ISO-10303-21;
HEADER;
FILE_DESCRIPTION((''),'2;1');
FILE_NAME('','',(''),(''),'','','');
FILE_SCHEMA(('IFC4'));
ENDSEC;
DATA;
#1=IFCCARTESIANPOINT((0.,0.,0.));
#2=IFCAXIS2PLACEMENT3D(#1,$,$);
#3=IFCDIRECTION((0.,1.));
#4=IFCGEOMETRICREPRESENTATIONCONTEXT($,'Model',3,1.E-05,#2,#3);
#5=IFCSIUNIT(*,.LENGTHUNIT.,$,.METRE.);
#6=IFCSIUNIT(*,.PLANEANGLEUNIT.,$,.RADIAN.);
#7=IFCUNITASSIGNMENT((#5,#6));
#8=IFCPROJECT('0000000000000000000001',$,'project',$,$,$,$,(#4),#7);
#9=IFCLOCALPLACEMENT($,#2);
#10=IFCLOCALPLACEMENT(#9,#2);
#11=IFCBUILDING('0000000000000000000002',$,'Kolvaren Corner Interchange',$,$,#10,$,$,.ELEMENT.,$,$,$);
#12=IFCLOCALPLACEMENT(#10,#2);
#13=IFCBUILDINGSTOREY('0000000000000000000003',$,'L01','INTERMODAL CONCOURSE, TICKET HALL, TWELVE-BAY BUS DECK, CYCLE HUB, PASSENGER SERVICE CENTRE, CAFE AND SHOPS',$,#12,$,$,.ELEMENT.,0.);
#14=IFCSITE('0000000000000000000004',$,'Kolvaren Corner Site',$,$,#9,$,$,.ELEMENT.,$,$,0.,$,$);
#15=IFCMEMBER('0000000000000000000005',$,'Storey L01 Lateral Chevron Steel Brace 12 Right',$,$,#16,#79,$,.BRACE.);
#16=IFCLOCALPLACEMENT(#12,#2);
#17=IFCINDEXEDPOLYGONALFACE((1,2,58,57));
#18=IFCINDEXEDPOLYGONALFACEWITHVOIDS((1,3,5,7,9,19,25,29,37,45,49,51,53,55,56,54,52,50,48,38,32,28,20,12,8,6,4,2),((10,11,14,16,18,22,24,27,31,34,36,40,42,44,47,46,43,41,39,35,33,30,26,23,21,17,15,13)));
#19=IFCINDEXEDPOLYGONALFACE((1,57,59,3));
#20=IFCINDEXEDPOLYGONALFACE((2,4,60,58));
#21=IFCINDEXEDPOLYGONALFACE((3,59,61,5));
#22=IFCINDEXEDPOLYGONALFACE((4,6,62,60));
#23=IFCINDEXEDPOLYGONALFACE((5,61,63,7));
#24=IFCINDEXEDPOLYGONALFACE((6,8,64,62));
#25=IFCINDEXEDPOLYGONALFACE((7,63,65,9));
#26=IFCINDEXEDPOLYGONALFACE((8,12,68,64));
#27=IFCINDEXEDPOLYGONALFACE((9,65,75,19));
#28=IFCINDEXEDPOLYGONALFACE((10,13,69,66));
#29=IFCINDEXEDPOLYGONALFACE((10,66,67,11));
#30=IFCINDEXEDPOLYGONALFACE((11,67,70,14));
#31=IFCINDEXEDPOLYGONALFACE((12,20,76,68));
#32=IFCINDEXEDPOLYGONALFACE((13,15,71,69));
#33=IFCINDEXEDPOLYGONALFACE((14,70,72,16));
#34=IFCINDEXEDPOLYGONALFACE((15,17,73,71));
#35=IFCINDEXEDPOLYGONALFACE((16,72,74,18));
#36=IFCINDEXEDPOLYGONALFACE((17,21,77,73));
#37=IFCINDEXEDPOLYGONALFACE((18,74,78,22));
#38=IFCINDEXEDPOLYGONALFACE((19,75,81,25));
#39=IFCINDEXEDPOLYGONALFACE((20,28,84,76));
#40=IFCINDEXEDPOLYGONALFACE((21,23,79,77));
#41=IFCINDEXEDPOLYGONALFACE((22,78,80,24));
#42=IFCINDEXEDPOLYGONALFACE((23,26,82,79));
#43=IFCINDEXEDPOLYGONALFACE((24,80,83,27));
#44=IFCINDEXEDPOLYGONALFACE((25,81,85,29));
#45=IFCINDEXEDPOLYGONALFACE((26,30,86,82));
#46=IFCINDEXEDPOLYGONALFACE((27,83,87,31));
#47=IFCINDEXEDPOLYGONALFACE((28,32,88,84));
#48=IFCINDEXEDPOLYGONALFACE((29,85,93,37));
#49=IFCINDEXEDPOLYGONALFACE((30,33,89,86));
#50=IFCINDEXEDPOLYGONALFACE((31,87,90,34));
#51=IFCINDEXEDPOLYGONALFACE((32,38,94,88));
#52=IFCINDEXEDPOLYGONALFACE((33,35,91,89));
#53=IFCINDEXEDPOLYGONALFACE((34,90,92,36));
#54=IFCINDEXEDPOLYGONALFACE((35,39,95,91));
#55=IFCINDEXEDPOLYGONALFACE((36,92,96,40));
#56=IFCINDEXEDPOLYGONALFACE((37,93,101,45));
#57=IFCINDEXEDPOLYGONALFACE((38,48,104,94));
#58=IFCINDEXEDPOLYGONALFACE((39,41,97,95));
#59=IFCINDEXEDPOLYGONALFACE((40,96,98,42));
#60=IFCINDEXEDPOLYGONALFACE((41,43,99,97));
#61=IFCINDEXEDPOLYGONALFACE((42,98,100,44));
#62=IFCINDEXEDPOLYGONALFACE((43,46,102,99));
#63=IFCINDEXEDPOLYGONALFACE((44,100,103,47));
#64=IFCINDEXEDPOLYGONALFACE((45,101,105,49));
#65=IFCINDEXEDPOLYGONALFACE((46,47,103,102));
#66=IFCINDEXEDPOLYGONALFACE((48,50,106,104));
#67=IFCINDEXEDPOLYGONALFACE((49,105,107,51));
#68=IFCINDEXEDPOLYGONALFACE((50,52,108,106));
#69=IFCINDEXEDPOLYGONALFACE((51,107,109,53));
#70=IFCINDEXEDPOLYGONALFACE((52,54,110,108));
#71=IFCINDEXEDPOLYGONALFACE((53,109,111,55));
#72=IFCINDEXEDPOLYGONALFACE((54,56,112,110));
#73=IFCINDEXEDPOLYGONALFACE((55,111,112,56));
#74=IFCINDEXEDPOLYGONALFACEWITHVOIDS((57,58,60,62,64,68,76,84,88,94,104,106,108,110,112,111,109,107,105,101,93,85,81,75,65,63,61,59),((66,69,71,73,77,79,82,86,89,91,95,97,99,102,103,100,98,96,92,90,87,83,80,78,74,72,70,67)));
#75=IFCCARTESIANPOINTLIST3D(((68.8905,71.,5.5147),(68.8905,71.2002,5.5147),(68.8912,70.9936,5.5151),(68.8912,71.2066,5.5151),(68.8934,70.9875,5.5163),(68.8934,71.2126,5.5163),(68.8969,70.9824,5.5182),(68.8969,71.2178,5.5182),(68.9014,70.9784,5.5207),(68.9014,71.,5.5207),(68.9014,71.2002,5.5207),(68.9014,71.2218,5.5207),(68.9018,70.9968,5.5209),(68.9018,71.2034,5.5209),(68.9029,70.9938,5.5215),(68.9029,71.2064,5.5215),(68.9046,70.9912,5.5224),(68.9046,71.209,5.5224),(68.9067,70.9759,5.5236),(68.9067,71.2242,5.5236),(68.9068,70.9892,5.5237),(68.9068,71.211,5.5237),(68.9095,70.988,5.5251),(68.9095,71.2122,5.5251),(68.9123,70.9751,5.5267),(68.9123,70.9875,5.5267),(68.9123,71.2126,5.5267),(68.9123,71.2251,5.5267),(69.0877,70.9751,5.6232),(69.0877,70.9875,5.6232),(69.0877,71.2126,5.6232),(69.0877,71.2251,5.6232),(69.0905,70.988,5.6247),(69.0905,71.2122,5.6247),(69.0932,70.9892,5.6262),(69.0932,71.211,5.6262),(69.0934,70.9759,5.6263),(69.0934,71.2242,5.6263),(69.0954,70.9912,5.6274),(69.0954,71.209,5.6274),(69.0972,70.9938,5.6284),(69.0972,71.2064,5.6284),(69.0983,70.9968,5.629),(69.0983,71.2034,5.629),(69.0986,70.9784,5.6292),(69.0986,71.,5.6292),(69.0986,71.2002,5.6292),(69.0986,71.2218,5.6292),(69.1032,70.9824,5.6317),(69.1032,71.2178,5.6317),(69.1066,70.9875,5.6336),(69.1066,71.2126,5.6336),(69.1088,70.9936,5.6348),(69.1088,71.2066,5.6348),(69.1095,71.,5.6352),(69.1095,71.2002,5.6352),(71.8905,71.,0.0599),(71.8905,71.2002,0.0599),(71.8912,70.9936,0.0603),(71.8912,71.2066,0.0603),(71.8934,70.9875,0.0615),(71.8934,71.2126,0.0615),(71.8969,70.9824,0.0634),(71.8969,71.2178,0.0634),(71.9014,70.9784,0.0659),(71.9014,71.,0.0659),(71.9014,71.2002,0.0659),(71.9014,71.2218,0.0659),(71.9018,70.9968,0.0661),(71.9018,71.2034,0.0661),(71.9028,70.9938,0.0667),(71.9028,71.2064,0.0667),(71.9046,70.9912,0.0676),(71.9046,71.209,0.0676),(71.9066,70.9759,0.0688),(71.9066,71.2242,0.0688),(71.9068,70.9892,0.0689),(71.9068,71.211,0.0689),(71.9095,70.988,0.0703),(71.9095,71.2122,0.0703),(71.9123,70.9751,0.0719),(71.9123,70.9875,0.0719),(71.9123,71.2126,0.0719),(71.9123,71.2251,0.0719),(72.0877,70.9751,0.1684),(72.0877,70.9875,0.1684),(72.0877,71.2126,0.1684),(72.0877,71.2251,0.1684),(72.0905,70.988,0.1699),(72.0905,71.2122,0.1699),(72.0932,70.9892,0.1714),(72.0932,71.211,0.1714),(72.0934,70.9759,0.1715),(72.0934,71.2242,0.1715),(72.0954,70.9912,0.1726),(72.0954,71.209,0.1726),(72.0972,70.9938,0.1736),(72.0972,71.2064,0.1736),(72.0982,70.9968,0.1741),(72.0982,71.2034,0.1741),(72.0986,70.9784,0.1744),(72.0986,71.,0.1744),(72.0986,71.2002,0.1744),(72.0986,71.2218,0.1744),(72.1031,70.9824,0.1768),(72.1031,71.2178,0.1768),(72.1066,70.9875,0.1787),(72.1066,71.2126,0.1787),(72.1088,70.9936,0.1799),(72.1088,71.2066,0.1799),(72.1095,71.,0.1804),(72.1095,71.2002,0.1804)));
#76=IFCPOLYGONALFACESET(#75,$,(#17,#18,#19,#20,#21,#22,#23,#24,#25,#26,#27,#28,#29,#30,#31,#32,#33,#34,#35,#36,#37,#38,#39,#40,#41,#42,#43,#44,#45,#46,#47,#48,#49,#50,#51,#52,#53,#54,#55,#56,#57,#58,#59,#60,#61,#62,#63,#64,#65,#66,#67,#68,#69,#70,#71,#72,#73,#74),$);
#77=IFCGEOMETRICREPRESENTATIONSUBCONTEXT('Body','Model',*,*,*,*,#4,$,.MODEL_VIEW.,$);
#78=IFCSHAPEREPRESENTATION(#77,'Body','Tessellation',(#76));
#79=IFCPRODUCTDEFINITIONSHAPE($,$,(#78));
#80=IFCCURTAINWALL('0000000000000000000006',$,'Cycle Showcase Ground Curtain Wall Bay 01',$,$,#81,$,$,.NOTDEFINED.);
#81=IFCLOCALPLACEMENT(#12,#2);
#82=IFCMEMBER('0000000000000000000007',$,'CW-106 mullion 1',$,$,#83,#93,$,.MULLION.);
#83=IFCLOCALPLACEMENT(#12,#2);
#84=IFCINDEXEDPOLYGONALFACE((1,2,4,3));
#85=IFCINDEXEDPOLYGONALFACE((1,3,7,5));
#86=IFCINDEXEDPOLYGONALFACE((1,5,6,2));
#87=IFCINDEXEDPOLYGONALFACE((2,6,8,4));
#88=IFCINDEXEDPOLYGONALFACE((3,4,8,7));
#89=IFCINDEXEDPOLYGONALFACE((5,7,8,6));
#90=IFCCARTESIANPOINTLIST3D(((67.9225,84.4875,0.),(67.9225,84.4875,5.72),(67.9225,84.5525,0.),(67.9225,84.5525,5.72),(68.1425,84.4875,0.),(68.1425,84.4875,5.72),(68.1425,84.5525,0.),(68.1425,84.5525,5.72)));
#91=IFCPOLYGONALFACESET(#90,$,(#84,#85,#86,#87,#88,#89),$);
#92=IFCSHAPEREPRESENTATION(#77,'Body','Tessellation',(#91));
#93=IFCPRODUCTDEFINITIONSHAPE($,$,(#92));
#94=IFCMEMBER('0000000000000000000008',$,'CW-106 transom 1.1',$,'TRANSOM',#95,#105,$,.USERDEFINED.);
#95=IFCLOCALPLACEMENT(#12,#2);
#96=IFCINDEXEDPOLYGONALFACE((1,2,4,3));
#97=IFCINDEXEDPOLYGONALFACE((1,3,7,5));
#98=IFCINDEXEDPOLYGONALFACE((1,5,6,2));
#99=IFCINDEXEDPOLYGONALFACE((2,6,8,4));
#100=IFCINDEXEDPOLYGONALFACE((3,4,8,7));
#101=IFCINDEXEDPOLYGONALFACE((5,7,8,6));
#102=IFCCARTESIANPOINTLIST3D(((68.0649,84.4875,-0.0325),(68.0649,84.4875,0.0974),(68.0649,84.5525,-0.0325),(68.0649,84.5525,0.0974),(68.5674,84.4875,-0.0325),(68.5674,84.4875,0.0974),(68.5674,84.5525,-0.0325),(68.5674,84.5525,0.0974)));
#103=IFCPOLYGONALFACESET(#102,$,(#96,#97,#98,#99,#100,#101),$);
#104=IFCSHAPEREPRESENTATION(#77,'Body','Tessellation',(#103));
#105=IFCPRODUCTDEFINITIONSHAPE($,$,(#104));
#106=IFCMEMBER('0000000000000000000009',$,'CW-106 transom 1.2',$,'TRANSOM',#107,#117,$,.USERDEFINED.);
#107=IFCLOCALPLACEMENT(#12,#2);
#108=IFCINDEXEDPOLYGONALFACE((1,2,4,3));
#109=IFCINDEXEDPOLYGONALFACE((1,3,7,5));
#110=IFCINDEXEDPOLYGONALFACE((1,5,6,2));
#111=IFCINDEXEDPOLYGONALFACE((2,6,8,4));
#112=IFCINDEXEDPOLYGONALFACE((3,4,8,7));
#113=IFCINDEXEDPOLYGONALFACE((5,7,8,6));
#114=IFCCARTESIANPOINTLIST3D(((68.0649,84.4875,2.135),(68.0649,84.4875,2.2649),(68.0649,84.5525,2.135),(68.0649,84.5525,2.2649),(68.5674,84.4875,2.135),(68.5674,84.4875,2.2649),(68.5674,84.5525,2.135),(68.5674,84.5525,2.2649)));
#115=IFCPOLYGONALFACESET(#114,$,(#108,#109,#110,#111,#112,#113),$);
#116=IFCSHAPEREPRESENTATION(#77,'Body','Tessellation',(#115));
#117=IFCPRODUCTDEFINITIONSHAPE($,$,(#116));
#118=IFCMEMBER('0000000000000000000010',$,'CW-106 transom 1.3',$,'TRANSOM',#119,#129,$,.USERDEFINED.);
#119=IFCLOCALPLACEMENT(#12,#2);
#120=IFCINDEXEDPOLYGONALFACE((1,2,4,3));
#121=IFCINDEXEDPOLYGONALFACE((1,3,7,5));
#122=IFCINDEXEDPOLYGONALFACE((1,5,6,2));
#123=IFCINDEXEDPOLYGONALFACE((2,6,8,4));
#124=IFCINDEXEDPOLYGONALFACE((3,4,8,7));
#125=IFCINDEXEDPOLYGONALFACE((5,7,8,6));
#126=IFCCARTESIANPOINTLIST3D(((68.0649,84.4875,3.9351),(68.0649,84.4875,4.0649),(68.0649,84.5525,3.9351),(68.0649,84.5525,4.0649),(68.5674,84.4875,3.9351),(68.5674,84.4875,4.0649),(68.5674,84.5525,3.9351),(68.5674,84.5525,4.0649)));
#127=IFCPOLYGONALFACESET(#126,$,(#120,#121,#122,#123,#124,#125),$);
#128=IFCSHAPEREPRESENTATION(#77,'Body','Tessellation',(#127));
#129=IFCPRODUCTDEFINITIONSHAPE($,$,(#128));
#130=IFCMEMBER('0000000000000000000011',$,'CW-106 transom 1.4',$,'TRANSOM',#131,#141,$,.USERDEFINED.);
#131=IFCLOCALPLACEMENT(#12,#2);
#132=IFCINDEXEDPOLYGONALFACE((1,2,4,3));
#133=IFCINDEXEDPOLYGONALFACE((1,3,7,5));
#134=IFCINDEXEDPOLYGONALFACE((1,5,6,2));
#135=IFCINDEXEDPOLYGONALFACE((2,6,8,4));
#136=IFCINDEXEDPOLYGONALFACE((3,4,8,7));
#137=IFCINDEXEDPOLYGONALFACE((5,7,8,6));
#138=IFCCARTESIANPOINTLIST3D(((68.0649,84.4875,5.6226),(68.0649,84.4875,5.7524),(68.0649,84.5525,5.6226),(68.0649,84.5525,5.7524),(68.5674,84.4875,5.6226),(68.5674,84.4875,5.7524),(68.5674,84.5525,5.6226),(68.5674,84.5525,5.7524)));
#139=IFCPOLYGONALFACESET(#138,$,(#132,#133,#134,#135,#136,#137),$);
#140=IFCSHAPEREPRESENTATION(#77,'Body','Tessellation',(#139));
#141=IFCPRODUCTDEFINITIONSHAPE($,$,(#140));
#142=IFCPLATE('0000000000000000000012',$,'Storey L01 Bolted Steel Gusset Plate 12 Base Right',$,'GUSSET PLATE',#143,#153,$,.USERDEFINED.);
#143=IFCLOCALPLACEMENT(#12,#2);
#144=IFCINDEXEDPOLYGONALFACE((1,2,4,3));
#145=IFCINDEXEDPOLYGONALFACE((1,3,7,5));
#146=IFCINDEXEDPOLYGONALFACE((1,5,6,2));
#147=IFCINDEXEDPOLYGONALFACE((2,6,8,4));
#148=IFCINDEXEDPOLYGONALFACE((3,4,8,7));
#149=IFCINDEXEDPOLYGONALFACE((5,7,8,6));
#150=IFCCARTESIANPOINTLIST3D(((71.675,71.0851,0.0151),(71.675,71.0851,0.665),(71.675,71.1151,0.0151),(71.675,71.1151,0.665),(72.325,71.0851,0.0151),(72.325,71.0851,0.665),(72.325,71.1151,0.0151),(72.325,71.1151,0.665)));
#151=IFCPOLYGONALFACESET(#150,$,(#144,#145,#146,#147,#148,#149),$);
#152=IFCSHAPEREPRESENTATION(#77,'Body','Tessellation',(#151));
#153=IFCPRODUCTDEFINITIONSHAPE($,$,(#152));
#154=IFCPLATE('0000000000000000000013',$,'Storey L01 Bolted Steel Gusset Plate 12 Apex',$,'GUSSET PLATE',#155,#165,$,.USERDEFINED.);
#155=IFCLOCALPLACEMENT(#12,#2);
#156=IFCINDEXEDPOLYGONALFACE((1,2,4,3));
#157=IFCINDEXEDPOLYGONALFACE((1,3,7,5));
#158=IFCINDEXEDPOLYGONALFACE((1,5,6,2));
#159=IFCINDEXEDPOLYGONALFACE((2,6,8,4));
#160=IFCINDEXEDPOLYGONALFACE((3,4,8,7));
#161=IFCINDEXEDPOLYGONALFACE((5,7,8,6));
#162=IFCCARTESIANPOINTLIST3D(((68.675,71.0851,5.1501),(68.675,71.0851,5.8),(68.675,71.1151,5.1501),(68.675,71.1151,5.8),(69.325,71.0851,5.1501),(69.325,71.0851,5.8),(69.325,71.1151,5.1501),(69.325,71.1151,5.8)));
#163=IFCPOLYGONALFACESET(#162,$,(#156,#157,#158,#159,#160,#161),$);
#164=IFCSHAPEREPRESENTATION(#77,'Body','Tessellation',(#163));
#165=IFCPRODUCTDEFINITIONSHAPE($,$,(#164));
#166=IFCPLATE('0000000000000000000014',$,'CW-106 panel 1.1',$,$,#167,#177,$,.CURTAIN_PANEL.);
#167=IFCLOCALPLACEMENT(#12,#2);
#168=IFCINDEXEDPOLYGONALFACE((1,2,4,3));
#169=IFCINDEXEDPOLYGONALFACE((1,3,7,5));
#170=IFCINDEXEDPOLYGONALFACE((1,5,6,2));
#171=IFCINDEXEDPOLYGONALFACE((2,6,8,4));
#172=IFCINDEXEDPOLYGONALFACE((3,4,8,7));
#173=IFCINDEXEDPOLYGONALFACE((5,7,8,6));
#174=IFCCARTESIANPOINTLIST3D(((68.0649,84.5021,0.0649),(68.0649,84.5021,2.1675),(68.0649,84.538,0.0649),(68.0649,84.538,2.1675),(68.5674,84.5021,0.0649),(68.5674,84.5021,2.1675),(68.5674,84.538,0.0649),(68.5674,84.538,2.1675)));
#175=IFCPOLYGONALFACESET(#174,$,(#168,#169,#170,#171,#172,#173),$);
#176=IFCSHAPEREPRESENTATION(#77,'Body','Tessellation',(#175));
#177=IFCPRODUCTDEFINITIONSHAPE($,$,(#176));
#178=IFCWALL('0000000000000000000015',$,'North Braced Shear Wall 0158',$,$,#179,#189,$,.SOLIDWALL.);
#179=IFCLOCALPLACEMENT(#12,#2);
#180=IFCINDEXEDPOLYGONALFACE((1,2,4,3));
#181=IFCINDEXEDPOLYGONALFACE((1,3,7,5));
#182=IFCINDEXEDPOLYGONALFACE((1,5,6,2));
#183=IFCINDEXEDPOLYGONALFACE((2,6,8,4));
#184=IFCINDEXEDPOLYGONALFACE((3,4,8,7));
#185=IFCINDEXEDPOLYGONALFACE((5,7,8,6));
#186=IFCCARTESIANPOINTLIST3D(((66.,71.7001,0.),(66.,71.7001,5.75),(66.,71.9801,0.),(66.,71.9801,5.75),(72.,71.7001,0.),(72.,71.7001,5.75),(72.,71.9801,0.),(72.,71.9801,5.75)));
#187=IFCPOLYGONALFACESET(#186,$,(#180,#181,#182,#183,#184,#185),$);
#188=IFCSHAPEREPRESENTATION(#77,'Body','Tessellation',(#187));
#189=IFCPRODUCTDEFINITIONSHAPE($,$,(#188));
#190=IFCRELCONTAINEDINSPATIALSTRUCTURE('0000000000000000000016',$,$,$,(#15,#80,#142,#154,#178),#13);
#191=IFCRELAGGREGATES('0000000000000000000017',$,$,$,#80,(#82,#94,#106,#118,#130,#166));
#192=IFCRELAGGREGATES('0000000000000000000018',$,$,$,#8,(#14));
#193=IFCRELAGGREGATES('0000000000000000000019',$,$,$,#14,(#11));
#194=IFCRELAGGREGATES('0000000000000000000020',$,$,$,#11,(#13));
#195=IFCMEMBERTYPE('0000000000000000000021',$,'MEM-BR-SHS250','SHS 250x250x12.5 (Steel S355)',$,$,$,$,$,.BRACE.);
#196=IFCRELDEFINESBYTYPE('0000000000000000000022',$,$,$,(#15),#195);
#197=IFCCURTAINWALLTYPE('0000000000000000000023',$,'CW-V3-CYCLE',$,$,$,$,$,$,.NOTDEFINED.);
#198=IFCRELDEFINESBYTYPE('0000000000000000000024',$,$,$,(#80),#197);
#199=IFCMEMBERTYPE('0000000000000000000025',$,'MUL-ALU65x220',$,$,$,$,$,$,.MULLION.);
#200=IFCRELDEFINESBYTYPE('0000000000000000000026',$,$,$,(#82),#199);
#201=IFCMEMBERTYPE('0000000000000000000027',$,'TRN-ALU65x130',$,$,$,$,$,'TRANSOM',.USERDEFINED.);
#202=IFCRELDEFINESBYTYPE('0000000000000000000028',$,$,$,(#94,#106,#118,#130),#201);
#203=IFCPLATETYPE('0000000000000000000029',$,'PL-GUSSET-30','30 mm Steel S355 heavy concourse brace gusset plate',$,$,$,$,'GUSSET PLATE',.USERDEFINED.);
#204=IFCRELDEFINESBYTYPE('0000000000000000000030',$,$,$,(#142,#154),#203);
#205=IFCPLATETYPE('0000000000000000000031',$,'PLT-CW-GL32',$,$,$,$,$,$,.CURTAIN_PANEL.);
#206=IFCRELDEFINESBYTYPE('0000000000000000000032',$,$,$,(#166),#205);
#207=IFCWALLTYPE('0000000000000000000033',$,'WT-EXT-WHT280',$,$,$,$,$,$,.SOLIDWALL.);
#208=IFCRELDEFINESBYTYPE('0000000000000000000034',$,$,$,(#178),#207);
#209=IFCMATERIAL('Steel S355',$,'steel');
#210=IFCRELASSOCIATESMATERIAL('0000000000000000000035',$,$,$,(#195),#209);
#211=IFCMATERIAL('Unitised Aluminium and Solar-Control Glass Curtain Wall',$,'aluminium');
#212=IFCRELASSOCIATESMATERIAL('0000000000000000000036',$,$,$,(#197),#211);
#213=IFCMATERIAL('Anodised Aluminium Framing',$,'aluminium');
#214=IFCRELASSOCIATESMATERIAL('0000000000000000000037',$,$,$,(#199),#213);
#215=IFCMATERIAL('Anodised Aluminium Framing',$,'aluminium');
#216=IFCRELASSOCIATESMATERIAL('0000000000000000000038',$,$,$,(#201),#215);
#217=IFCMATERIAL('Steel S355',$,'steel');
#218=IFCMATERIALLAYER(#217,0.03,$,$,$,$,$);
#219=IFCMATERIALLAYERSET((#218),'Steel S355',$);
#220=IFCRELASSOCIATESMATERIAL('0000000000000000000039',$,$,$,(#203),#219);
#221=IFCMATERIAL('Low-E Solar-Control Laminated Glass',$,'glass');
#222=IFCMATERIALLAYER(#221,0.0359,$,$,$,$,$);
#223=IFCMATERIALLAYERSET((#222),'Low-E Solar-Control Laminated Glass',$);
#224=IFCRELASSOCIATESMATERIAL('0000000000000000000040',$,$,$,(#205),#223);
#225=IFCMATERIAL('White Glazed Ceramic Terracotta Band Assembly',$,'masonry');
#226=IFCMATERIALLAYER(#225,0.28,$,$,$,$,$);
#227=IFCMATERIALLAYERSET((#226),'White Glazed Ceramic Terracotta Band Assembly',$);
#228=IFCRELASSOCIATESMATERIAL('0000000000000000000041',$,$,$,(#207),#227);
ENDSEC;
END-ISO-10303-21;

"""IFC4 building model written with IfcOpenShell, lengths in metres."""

from ifc_helpers import new_model, si_unit, direction, frame, frame_2d, origin, origin_2d, place, context, subcontext, project, spatial, rectangle, hollow_rectangle, extrude, material, layer, layer_set, material_profile, profile_set, type_object, element, aggregate, save


model = new_model("IFC4")

# Units and contexts
model_context = context("Model", 3, precision=1e-05, world=origin(), true_north=direction((0.0, 1.0)))
body_context = subcontext(model_context, "Body", "Model", "MODEL_VIEW")
ifc_project = project(units=[si_unit("LENGTHUNIT", "METRE"), si_unit("PLANEANGLEUNIT", "RADIAN")], contexts=[model_context])

# Site, building, storey
site_placement = place(None, origin())
site = spatial("IfcSite", under=ifc_project, at=site_placement, Name="Kolvaren Corner Site", CompositionType="ELEMENT", RefElevation=0.0)
building_placement = place(site_placement, origin())
building = spatial("IfcBuilding", under=site, at=building_placement, Name="Kolvaren Corner Interchange", CompositionType="ELEMENT")
storey_placement = place(building_placement, origin())
storey = spatial("IfcBuildingStorey", under=building, at=storey_placement, Name="L01", Description="INTERMODAL CONCOURSE, TICKET HALL, TWELVE-BAY BUS DECK, CYCLE HUB, PASSENGER SERVICE CENTRE, CAFE AND SHOPS", CompositionType="ELEMENT", Elevation=0.0)

# Member
ifc_material_1 = material(Name="Steel S355", Category="steel")
ifc_material_profile_1 = material_profile(ifc_material_1, hollow_rectangle(XDim=0.25, YDim=0.25, WallThickness=0.0125, InnerFilletRadius=0.0125, OuterFilletRadius=0.0249, at=origin_2d()), Name="SHS 250x250x12.5")
ifc_profile_set_1 = profile_set([ifc_material_profile_1], Name="Steel S355")
member_type_1 = type_object("IfcMemberType", Name="MEM-BR-SHS250", Description="SHS 250x250x12.5 (Steel S355)", PredefinedType="BRACE", material=ifc_profile_set_1)
member_1_placement = place(storey_placement, frame((72.0, 71.1001, 0.1201), z_axis=(-0.481899, 0.0, 0.876227), x_axis=(0.0, -1.0, 0.0)))
element("IfcMember", 1, at=member_1_placement, inside=storey, type_object=member_type_1, Name="Storey L01 Lateral Chevron Steel Brace 12 Right", PredefinedType="BRACE", context=body_context, shape_type="SweptSolid", body=[
    extrude(hollow_rectangle(XDim=0.25, YDim=0.25, WallThickness=0.0125, InnerFilletRadius=0.0125, OuterFilletRadius=0.0249, at=origin_2d()), origin(), (0.0, 0.0, 1.0), 6.2253),
])

# Curtain wall, members
ifc_material_2 = material(Name="Unitised Aluminium and Solar-Control Glass Curtain Wall", Category="aluminium")
curtain_wall_type = type_object("IfcCurtainWallType", Name="CW-V3-CYCLE", PredefinedType="NOTDEFINED", material=ifc_material_2)
curtain_wall_placement = place(storey_placement, origin())
curtain_wall = element("IfcCurtainWall", 2, at=curtain_wall_placement, inside=storey, type_object=curtain_wall_type, Name="Cycle Showcase Ground Curtain Wall Bay 01", PredefinedType="NOTDEFINED")
ifc_material_3 = material(Name="Anodised Aluminium Framing", Category="aluminium")
ifc_material_profile_2 = material_profile(ifc_material_3, rectangle(XDim=0.0649, YDim=0.22, at=origin_2d()), Name="ALU 65x220")
ifc_profile_set_2 = profile_set([ifc_material_profile_2], Name="Anodised Aluminium Framing")
member_type_2 = type_object("IfcMemberType", Name="MUL-ALU65x220", PredefinedType="MULLION", material=ifc_profile_set_2)
member_2_placement = place(storey_placement, frame((68.0325, 84.52, 0.0), z_axis=(0.0, 0.0, 1.0), x_axis=(0.0, 1.0, 0.0)))
member_2 = element("IfcMember", 3, at=member_2_placement, type_object=member_type_2, Name="CW-106 mullion 1", PredefinedType="MULLION", context=body_context, shape_type="SweptSolid", body=[
    extrude(rectangle(XDim=0.0649, YDim=0.22, at=origin_2d()), origin(), (0.0, 0.0, 1.0), 5.72),
])
ifc_material_4 = material(Name="Anodised Aluminium Framing", Category="aluminium")
ifc_material_profile_3 = material_profile(ifc_material_4, rectangle(XDim=0.0649, YDim=0.1299, at=origin_2d()), Name="ALU 65x130")
ifc_profile_set_3 = profile_set([ifc_material_profile_3], Name="Anodised Aluminium Framing")
member_type_3 = type_object("IfcMemberType", Name="TRN-ALU65x130", ElementType="TRANSOM", PredefinedType="USERDEFINED", material=ifc_profile_set_3)
member_3_placement = place(storey_placement, frame((68.0649, 84.52, 0.0325), z_axis=(1.0, 0.0, 0.0), x_axis=(0.0, 1.0, 0.0)))
member_3 = element("IfcMember", 4, at=member_3_placement, type_object=member_type_3, Name="CW-106 transom 1.1", ObjectType="TRANSOM", PredefinedType="USERDEFINED", context=body_context, shape_type="SweptSolid", body=[
    extrude(rectangle(XDim=0.0649, YDim=0.1299, at=origin_2d()), origin(), (0.0, 0.0, 1.0), 0.5024),
])
member_4_placement = place(storey_placement, frame((68.0649, 84.52, 2.2), z_axis=(1.0, 0.0, 0.0), x_axis=(0.0, 1.0, 0.0)))
member_4 = element("IfcMember", 5, at=member_4_placement, type_object=member_type_3, Name="CW-106 transom 1.2", ObjectType="TRANSOM", PredefinedType="USERDEFINED", context=body_context, shape_type="SweptSolid", body=[
    extrude(rectangle(XDim=0.0649, YDim=0.1299, at=origin_2d()), origin(), (0.0, 0.0, 1.0), 0.5024),
])
member_5_placement = place(storey_placement, frame((68.0649, 84.52, 4.0), z_axis=(1.0, 0.0, 0.0), x_axis=(0.0, 1.0, 0.0)))
member_5 = element("IfcMember", 6, at=member_5_placement, type_object=member_type_3, Name="CW-106 transom 1.3", ObjectType="TRANSOM", PredefinedType="USERDEFINED", context=body_context, shape_type="SweptSolid", body=[
    extrude(rectangle(XDim=0.0649, YDim=0.1299, at=origin_2d()), origin(), (0.0, 0.0, 1.0), 0.5024),
])
member_6_placement = place(storey_placement, frame((68.0649, 84.52, 5.6875), z_axis=(1.0, 0.0, 0.0), x_axis=(0.0, 1.0, 0.0)))
member_6 = element("IfcMember", 7, at=member_6_placement, type_object=member_type_3, Name="CW-106 transom 1.4", ObjectType="TRANSOM", PredefinedType="USERDEFINED", context=body_context, shape_type="SweptSolid", body=[
    extrude(rectangle(XDim=0.0649, YDim=0.1299, at=origin_2d()), origin(), (0.0, 0.0, 1.0), 0.5024),
])

# Plates
ifc_material_5 = material(Name="Steel S355", Category="steel")
ifc_layer_1 = layer(ifc_material_5, 0.03)
ifc_layer_set_1 = layer_set([ifc_layer_1], Name="Steel S355")
plate_type_1 = type_object("IfcPlateType", Name="PL-GUSSET-30", Description="30 mm Steel S355 heavy concourse brace gusset plate", ElementType="GUSSET PLATE", PredefinedType="USERDEFINED", material=ifc_layer_set_1)
for number, where, z_axis, x_axis, name in (
    (8, (72.0, 71.1001, 0.0151), (0.0, 0.0, 1.0), (1.0, 0.0, 0.0), "Storey L01 Bolted Steel Gusset Plate 12 Base Right"),
    (9, (69.0, 71.1001, 5.1501), (0.0, 0.0, 1.0), (1.0, 0.0, 0.0), "Storey L01 Bolted Steel Gusset Plate 12 Apex"),
):
    element("IfcPlate", number, at=place(storey_placement, frame(where, z_axis=z_axis, x_axis=x_axis)), inside=storey, type_object=plate_type_1, Name=name, ObjectType="GUSSET PLATE", PredefinedType="USERDEFINED", context=body_context, shape_type="SweptSolid", body=[
        extrude(rectangle(XDim=0.6499, YDim=0.03, at=origin_2d()), origin(), (0.0, 0.0, 1.0), 0.6499),
    ])

# Plate
ifc_material_6 = material(Name="Low-E Solar-Control Laminated Glass", Category="glass")
ifc_layer_2 = layer(ifc_material_6, 0.0359)
ifc_layer_set_2 = layer_set([ifc_layer_2], Name="Low-E Solar-Control Laminated Glass")
plate_type_2 = type_object("IfcPlateType", Name="PLT-CW-GL32", PredefinedType="CURTAIN_PANEL", material=ifc_layer_set_2)
plate_placement = place(storey_placement, frame((68.3162, 84.52, 0.0649), z_axis=(0.0, 0.0, 1.0), x_axis=(1.0, 0.0, 0.0)))
plate = element("IfcPlate", 10, at=plate_placement, type_object=plate_type_2, Name="CW-106 panel 1.1", PredefinedType="CURTAIN_PANEL", context=body_context, shape_type="SweptSolid", body=[
    extrude(rectangle(XDim=0.5024, YDim=0.0359, at=origin_2d()), origin(), (0.0, 0.0, 1.0), 2.1025),
])
aggregate(curtain_wall, [member_2, member_3, member_4, member_5, member_6, plate])

# Wall
ifc_material_7 = material(Name="White Glazed Ceramic Terracotta Band Assembly", Category="masonry")
ifc_layer_3 = layer(ifc_material_7, 0.28)
ifc_layer_set_3 = layer_set([ifc_layer_3], Name="White Glazed Ceramic Terracotta Band Assembly")
wall_type = type_object("IfcWallType", Name="WT-EXT-WHT280", PredefinedType="SOLIDWALL", material=ifc_layer_set_3)
wall_1_placement = place(storey_placement, frame((72.0, 71.8401, 0.0), z_axis=(0.0, 0.0, 1.0), x_axis=(-1.0, 0.0, 0.0)))
element("IfcWall", 11, at=wall_1_placement, inside=storey, type_object=wall_type, Name="North Braced Shear Wall 0158", PredefinedType="SOLIDWALL", context=body_context, shape_type="SweptSolid", body=[
    extrude(rectangle(XDim=6.0, YDim=0.28, at=frame_2d((3.0, 0.0))), origin(), (0.0, 0.0, 1.0), 5.75),
])

save(model, "model.ifc")
